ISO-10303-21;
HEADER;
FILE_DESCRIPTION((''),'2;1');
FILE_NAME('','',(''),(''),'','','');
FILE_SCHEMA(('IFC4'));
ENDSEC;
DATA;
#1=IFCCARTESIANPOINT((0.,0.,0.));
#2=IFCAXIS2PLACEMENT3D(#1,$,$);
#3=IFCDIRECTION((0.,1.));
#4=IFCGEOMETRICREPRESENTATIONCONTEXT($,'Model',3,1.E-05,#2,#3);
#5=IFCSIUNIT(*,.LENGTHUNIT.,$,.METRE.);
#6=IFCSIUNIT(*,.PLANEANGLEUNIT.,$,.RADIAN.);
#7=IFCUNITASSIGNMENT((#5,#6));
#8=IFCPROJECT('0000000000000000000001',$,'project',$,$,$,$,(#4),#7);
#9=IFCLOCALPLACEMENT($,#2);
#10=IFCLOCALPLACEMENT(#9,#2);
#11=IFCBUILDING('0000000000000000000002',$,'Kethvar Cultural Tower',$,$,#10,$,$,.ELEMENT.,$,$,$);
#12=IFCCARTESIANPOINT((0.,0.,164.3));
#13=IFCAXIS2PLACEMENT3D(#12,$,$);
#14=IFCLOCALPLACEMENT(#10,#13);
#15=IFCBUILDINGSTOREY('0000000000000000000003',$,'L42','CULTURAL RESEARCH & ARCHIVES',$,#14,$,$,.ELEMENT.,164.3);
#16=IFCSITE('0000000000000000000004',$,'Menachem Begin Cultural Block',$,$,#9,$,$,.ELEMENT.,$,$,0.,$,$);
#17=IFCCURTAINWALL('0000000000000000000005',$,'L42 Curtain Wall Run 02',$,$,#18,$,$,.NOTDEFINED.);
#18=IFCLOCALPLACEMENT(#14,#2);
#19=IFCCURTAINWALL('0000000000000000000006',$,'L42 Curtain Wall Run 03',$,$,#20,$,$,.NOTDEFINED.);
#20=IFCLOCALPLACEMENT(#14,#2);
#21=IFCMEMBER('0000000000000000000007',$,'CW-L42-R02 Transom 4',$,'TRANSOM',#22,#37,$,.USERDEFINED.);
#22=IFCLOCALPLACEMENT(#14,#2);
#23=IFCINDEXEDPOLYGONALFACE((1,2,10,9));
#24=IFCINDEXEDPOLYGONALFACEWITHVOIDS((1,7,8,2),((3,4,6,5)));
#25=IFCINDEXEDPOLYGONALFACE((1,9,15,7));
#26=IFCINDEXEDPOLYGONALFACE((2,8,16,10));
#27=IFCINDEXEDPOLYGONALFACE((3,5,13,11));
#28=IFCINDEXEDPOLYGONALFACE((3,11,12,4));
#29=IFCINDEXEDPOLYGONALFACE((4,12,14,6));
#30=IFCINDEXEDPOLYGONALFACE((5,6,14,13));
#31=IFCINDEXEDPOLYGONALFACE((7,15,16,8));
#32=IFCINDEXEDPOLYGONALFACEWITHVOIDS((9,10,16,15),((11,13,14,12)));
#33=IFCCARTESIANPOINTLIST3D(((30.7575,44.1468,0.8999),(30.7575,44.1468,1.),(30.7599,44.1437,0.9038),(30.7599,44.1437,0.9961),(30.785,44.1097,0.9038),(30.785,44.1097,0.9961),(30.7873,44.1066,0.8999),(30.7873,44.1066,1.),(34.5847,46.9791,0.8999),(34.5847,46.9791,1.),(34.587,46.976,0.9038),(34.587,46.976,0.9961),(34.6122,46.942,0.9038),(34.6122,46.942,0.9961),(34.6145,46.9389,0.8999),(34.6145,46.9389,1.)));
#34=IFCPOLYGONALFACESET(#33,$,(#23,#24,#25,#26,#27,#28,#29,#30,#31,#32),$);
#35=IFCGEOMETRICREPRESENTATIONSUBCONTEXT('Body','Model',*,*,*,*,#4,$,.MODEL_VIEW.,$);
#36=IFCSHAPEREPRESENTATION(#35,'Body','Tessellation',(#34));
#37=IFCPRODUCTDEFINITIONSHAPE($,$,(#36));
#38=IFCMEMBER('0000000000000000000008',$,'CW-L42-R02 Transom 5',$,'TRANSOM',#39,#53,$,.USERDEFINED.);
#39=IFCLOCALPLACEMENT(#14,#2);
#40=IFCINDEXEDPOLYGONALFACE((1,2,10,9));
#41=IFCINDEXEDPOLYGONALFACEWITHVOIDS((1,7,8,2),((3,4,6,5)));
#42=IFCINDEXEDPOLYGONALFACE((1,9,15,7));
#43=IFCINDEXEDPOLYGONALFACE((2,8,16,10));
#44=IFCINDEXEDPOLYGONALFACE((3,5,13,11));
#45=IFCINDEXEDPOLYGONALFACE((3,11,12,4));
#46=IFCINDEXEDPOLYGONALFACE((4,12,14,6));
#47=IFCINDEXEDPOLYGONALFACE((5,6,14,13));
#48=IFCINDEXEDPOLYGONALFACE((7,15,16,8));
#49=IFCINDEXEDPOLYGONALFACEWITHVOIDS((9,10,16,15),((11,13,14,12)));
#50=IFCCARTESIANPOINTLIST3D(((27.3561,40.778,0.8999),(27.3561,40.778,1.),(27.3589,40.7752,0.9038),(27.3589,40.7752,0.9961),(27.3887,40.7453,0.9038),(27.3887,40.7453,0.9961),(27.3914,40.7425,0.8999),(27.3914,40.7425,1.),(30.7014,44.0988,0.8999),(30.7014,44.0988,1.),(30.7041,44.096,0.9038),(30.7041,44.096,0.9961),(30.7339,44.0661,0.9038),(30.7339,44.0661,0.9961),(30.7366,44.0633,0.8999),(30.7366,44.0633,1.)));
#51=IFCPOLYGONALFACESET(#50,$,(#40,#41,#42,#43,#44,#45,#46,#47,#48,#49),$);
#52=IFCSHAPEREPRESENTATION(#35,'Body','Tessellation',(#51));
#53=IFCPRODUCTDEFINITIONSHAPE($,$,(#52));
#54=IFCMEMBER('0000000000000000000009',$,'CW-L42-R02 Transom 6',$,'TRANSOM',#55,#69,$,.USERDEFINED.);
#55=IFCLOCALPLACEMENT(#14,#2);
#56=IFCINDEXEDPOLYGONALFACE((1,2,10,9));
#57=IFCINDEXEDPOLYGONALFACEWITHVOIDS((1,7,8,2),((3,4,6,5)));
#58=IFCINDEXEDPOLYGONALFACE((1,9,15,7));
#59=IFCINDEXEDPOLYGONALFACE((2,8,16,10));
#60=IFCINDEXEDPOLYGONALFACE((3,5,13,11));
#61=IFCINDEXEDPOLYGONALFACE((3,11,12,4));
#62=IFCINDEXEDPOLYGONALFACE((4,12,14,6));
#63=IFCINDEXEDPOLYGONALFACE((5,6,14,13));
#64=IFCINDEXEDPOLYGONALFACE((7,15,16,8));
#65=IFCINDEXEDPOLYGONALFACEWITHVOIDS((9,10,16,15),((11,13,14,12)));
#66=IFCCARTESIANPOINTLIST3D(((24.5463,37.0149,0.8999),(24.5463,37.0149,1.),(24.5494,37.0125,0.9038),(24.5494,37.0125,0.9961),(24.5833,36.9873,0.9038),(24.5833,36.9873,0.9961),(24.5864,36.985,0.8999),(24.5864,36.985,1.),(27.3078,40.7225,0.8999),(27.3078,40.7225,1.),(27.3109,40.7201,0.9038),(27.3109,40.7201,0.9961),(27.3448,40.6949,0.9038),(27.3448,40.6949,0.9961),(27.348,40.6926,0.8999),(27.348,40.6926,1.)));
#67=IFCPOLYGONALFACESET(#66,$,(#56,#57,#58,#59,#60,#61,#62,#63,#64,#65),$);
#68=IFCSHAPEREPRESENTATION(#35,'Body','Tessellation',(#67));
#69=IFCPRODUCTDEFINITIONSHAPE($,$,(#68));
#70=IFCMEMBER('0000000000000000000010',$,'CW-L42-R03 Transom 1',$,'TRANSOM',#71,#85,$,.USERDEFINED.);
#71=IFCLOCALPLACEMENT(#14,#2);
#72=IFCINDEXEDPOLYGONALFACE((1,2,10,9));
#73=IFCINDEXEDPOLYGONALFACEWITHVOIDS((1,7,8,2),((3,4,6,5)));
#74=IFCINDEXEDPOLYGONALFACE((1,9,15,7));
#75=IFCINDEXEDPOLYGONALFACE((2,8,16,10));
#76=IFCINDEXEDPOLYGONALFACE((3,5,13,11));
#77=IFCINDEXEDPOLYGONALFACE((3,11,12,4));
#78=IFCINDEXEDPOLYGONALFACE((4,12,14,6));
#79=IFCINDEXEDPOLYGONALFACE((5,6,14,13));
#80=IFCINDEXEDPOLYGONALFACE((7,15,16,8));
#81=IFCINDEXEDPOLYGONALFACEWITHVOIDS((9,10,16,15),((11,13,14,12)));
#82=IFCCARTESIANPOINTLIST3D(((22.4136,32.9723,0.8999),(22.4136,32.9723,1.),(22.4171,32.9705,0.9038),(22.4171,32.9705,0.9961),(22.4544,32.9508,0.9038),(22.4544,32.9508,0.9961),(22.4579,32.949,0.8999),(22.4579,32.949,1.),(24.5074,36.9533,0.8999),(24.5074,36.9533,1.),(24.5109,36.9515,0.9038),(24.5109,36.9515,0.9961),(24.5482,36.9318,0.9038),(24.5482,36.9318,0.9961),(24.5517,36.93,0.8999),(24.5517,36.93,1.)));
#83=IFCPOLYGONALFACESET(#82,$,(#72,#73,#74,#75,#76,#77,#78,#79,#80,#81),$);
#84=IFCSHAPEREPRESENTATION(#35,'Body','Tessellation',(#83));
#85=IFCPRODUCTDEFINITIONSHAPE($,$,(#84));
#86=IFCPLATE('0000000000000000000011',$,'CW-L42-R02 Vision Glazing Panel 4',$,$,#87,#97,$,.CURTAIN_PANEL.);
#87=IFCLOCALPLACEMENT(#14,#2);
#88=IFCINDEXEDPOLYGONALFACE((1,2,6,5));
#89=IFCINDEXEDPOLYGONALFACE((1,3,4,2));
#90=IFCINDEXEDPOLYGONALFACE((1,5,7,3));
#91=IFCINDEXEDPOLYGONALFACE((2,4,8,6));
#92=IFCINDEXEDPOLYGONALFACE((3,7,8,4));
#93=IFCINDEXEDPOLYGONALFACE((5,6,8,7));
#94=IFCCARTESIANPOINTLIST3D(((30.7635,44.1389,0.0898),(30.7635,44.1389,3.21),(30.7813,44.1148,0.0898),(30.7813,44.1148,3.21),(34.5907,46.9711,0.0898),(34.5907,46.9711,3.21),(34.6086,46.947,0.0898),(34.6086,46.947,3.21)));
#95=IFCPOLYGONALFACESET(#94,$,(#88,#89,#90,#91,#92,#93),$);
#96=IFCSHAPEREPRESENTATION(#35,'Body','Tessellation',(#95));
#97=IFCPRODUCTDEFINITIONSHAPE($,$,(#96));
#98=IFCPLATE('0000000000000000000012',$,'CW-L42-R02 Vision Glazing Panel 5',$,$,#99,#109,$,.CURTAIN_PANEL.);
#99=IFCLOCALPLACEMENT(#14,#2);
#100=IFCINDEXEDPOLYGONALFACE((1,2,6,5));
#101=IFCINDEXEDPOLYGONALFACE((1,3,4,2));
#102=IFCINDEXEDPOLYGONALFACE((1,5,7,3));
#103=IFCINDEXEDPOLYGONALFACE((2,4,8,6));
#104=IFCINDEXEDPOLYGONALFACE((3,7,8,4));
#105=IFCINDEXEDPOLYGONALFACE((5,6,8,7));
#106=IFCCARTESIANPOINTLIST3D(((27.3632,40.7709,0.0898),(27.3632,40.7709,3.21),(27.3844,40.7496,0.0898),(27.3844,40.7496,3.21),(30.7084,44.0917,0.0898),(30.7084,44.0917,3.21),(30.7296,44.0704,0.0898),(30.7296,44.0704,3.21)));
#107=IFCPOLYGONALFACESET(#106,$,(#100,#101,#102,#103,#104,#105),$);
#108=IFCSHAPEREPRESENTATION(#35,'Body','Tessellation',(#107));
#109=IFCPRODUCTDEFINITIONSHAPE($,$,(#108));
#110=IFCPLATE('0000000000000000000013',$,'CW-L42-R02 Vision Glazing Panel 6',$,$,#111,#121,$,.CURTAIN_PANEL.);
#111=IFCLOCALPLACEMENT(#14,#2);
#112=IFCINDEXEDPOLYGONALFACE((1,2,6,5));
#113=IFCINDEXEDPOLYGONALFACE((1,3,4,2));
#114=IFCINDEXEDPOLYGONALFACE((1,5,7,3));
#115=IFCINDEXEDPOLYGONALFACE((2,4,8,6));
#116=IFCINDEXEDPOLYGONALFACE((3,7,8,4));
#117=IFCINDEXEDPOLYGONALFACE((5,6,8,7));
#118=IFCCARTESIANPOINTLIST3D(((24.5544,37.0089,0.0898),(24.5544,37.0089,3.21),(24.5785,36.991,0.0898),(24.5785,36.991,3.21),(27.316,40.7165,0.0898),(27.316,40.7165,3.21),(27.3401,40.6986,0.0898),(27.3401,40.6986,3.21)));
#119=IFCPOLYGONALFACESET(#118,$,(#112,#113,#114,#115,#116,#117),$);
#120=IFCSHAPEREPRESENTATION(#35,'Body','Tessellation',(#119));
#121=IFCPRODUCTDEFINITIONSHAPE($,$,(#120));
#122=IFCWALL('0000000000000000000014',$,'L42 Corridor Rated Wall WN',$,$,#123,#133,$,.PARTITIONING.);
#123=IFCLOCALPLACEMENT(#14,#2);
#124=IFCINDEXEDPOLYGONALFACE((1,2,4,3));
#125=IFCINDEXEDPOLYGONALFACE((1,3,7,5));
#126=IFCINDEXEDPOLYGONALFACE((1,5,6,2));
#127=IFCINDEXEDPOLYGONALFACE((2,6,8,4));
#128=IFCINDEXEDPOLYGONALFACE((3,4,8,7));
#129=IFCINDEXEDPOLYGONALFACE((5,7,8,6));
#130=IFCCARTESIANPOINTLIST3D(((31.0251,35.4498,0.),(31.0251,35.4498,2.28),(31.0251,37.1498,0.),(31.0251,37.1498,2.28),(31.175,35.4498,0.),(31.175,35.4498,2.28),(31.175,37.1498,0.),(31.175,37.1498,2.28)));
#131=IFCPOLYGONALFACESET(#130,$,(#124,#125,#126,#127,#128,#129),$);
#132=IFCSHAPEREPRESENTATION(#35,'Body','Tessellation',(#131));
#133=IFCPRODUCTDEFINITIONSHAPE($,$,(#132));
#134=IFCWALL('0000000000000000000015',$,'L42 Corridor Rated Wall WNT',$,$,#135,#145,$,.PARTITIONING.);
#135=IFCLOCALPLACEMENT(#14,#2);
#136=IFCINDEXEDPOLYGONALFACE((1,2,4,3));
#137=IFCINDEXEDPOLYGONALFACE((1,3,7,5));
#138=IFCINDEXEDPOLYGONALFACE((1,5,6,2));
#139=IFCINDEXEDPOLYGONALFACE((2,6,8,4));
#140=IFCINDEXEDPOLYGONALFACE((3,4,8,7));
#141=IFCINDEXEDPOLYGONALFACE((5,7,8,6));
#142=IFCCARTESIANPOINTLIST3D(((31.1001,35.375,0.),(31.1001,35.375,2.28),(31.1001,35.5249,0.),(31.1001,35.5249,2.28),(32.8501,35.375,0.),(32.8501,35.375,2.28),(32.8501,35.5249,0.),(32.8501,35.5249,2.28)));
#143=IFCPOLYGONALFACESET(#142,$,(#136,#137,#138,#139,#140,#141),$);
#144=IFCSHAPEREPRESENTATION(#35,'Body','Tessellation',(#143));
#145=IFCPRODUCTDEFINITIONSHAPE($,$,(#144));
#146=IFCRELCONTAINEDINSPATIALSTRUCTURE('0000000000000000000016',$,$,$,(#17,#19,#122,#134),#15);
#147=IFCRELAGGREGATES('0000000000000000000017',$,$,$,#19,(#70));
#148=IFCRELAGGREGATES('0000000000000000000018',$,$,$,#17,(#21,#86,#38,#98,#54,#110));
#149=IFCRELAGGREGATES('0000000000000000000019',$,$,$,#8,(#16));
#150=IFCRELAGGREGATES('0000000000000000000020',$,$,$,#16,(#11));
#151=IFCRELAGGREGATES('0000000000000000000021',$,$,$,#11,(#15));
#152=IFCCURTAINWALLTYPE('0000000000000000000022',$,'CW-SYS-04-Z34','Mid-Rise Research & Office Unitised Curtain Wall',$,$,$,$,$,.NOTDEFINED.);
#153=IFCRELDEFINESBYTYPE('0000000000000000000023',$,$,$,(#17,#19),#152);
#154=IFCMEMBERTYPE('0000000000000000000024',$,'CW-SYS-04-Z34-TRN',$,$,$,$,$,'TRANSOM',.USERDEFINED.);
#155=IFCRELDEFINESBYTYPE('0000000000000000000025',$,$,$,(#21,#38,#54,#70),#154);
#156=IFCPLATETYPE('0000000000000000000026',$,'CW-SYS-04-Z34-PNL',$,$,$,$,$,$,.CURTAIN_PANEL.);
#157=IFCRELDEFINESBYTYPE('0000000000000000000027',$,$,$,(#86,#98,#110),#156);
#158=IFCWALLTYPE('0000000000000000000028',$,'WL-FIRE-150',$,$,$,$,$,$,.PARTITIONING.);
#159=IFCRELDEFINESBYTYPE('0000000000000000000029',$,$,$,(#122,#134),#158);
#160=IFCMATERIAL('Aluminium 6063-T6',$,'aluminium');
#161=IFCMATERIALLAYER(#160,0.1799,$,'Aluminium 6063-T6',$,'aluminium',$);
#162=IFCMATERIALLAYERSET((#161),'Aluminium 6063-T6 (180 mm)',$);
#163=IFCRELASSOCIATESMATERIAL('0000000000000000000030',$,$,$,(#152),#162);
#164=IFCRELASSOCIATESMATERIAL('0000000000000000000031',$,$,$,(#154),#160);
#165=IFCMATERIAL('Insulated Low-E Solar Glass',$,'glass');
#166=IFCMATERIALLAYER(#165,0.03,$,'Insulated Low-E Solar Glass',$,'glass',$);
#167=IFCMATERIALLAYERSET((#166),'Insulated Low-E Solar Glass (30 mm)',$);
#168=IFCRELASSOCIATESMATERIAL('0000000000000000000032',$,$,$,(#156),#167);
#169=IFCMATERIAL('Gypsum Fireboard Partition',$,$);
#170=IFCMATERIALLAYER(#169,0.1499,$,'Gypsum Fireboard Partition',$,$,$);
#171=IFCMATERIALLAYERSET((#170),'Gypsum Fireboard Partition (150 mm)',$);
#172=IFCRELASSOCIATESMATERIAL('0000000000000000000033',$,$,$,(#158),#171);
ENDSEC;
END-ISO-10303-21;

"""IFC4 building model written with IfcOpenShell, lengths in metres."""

from ifc_helpers import new_model, si_unit, direction, frame, frame_2d, origin, origin_2d, place, context, subcontext, project, spatial, rectangle, hollow_rectangle, extrude, source, transform, mapped, material, layer, layer_set, material_profile, profile_set, type_object, element, aggregate, save


model = new_model("IFC4")

# Units and contexts
model_context = context("Model", 3, precision=1e-05, world=origin(), true_north=direction((0.0, 1.0)))
body_context = subcontext(model_context, "Body", "Model", "MODEL_VIEW")
ifc_project = project(units=[si_unit("LENGTHUNIT", "METRE"), si_unit("PLANEANGLEUNIT", "RADIAN")], contexts=[model_context])

# Site, building, storey
site_placement = place(None, origin())
site = spatial("IfcSite", under=ifc_project, at=site_placement, Name="Menachem Begin Cultural Block", CompositionType="ELEMENT", RefElevation=0.0)
building_placement = place(site_placement, origin())
building = spatial("IfcBuilding", under=site, at=building_placement, Name="Kethvar Cultural Tower", CompositionType="ELEMENT")
storey_placement = place(building_placement, frame((0.0, 0.0, 164.3)))
storey = spatial("IfcBuildingStorey", under=building, at=storey_placement, Name="L42", Description="CULTURAL RESEARCH & ARCHIVES", CompositionType="ELEMENT", Elevation=164.3)

# Curtain wall
ifc_material_1 = material(Name="Aluminium 6063-T6", Category="aluminium")
ifc_layer_1 = layer(ifc_material_1, 0.1799, Name="Aluminium 6063-T6", Category="aluminium")
ifc_layer_set_1 = layer_set([ifc_layer_1], Name="Aluminium 6063-T6 (180 mm)")
curtain_wall_type = type_object("IfcCurtainWallType", Name="CW-SYS-04-Z34", Description="Mid-Rise Research & Office Unitised Curtain Wall", PredefinedType="NOTDEFINED", material=ifc_layer_set_1)
curtain_wall_1_placement = place(storey_placement, origin())
curtain_wall_1 = element("IfcCurtainWall", 1, at=curtain_wall_1_placement, inside=storey, type_object=curtain_wall_type, Name="L42 Curtain Wall Run 02", PredefinedType="NOTDEFINED")

# Curtain wall
curtain_wall_2_placement = place(storey_placement, origin())
curtain_wall_2 = element("IfcCurtainWall", 2, at=curtain_wall_2_placement, inside=storey, type_object=curtain_wall_type, Name="L42 Curtain Wall Run 03", PredefinedType="NOTDEFINED")

# Members
ifc_material_profile_1 = material_profile(ifc_material_1, hollow_rectangle(XDim=0.05, YDim=0.1001, WallThickness=0.0039, at=origin_2d()), Name="Aluminium 6063-T6 — RHS100x50x4")
ifc_profile_set_1 = profile_set([ifc_material_profile_1], Name="Aluminium 6063-T6 — RHS100x50x4")
member_type_1 = type_object("IfcMemberType", Name="CW-SYS-04-Z34-TRN", ElementType="TRANSOM", PredefinedType="USERDEFINED", material=ifc_profile_set_1)
shared_shape_1 = source(origin(), body_context, "Body", "SweptSolid", [
    extrude(hollow_rectangle(XDim=0.05, YDim=0.1001, WallThickness=0.0039, at=origin_2d()), origin(), (0.0, 0.0, 1.0), 4.7612),
])
member_1_placement = place(storey_placement, frame((34.5996, 46.959, 0.95), z_axis=(-0.803823, -0.594868, 0.0), x_axis=(0.594868, -0.803823, 0.0)))
member_1 = element("IfcMember", 3, at=member_1_placement, type_object=member_type_1, Name="CW-L42-R02 Transom 4", ObjectType="TRANSOM", PredefinedType="USERDEFINED", context=body_context, shape_type="MappedRepresentation", body=[
    mapped(shared_shape_1, transform((0.0, 0.0, 0.0), scale=1.0)),
])
shared_shape_2 = source(origin(), body_context, "Body", "SweptSolid", [
    extrude(hollow_rectangle(XDim=0.05, YDim=0.1001, WallThickness=0.0039, at=origin_2d()), origin(), (0.0, 0.0, 1.0), 4.7136),
])
member_2_placement = place(storey_placement, frame((30.719, 44.0811, 0.95), z_axis=(-0.709692, -0.704512, 0.0), x_axis=(0.704512, -0.709692, 0.0)))
member_2 = element("IfcMember", 4, at=member_2_placement, type_object=member_type_1, Name="CW-L42-R02 Transom 5", ObjectType="TRANSOM", PredefinedType="USERDEFINED", context=body_context, shape_type="MappedRepresentation", body=[
    mapped(shared_shape_2, transform((0.0, 0.0, 0.0), scale=1.0)),
])
shared_shape_3 = source(origin(), body_context, "Body", "SweptSolid", [
    extrude(hollow_rectangle(XDim=0.05, YDim=0.1001, WallThickness=0.0039, at=origin_2d()), origin(), (0.0, 0.0, 1.0), 4.623),
])
member_3_placement = place(storey_placement, frame((27.3279, 40.7075, 0.95), z_axis=(-0.597343, -0.801986, 0.0), x_axis=(0.801986, -0.597343, 0.0)))
member_3 = element("IfcMember", 5, at=member_3_placement, type_object=member_type_1, Name="CW-L42-R02 Transom 6", ObjectType="TRANSOM", PredefinedType="USERDEFINED", context=body_context, shape_type="MappedRepresentation", body=[
    mapped(shared_shape_3, transform((0.0, 0.0, 0.0), scale=1.0)),
])
shared_shape_4 = source(origin(), body_context, "Body", "SweptSolid", [
    extrude(hollow_rectangle(XDim=0.05, YDim=0.1001, WallThickness=0.0039, at=origin_2d()), origin(), (0.0, 0.0, 1.0), 4.498),
])
member_4_placement = place(storey_placement, frame((24.5295, 36.9417, 0.95), z_axis=(-0.465487, -0.885055, 0.0), x_axis=(0.885055, -0.465487, 0.0)))
member_4 = element("IfcMember", 6, at=member_4_placement, type_object=member_type_1, Name="CW-L42-R03 Transom 1", ObjectType="TRANSOM", PredefinedType="USERDEFINED", context=body_context, shape_type="MappedRepresentation", body=[
    mapped(shared_shape_4, transform((0.0, 0.0, 0.0), scale=1.0)),
])
aggregate(curtain_wall_2, [member_4])

# Plates
ifc_material_2 = material(Name="Insulated Low-E Solar Glass", Category="glass")
ifc_layer_2 = layer(ifc_material_2, 0.03, Name="Insulated Low-E Solar Glass", Category="glass")
ifc_layer_set_2 = layer_set([ifc_layer_2], Name="Insulated Low-E Solar Glass (30 mm)")
plate_type = type_object("IfcPlateType", Name="CW-SYS-04-Z34-PNL", PredefinedType="CURTAIN_PANEL", material=ifc_layer_set_2)
shared_shape_5 = source(origin(), body_context, "Body", "SweptSolid", [
    extrude(rectangle(XDim=4.7612, YDim=0.03, at=origin_2d()), origin(), (0.0, 0.0, 1.0), 3.1201),
])
plate_1_placement = place(storey_placement, frame((32.686, 45.543, 0.0898), z_axis=(0.0, 0.0, 1.0), x_axis=(-0.803836, -0.594851, 0.0)))
plate_1 = element("IfcPlate", 7, at=plate_1_placement, type_object=plate_type, Name="CW-L42-R02 Vision Glazing Panel 4", PredefinedType="CURTAIN_PANEL", context=body_context, shape_type="MappedRepresentation", body=[
    mapped(shared_shape_5, transform((0.0, 0.0, 0.0), scale=1.0)),
])
shared_shape_6 = source(origin(), body_context, "Body", "SweptSolid", [
    extrude(rectangle(XDim=4.7136, YDim=0.03, at=origin_2d()), origin(), (0.0, 0.0, 1.0), 3.1201),
])
plate_2_placement = place(storey_placement, frame((29.0464, 42.4207, 0.0898), z_axis=(0.0, 0.0, 1.0), x_axis=(-0.709694, -0.70451, 0.0)))
plate_2 = element("IfcPlate", 8, at=plate_2_placement, type_object=plate_type, Name="CW-L42-R02 Vision Glazing Panel 5", PredefinedType="CURTAIN_PANEL", context=body_context, shape_type="MappedRepresentation", body=[
    mapped(shared_shape_6, transform((0.0, 0.0, 0.0), scale=1.0)),
])
shared_shape_7 = source(origin(), body_context, "Body", "SweptSolid", [
    extrude(rectangle(XDim=4.623, YDim=0.03, at=origin_2d()), origin(), (0.0, 0.0, 1.0), 3.1201),
])
plate_3_placement = place(storey_placement, frame((25.9473, 38.8538, 0.0898), z_axis=(0.0, 0.0, 1.0), x_axis=(-0.597359, -0.801974, 0.0)))
plate_3 = element("IfcPlate", 9, at=plate_3_placement, type_object=plate_type, Name="CW-L42-R02 Vision Glazing Panel 6", PredefinedType="CURTAIN_PANEL", context=body_context, shape_type="MappedRepresentation", body=[
    mapped(shared_shape_7, transform((0.0, 0.0, 0.0), scale=1.0)),
])
aggregate(curtain_wall_1, [member_1, plate_1, member_2, plate_2, member_3, plate_3])

# Walls
ifc_material_3 = material(Name="Gypsum Fireboard Partition")
ifc_layer_3 = layer(ifc_material_3, 0.1499, Name="Gypsum Fireboard Partition")
ifc_layer_set_3 = layer_set([ifc_layer_3], Name="Gypsum Fireboard Partition (150 mm)")
wall_type = type_object("IfcWallType", Name="WL-FIRE-150", PredefinedType="PARTITIONING", material=ifc_layer_set_3)
wall_1_placement = place(storey_placement, frame((31.1001, 37.1499, 0.0), z_axis=(0.0, 0.0, 1.0), x_axis=(0.0, -1.0, 0.0)))
element("IfcWall", 10, at=wall_1_placement, inside=storey, type_object=wall_type, Name="L42 Corridor Rated Wall WN", PredefinedType="PARTITIONING", context=body_context, shape_type="SweptSolid", body=[
    extrude(rectangle(XDim=1.7, YDim=0.1499, at=frame_2d((0.8501, 0.0))), origin(), (0.0, 0.0, 1.0), 2.28),
])
wall_2_placement = place(storey_placement, frame((31.1001, 35.45, 0.0), z_axis=(0.0, 0.0, 1.0), x_axis=(1.0, 0.0, 0.0)))
element("IfcWall", 11, at=wall_2_placement, inside=storey, type_object=wall_type, Name="L42 Corridor Rated Wall WNT", PredefinedType="PARTITIONING", context=body_context, shape_type="SweptSolid", body=[
    extrude(rectangle(XDim=1.75, YDim=0.1499, at=frame_2d((0.875, 0.0))), origin(), (0.0, 0.0, 1.0), 2.28),
])

save(model, "model.ifc")
